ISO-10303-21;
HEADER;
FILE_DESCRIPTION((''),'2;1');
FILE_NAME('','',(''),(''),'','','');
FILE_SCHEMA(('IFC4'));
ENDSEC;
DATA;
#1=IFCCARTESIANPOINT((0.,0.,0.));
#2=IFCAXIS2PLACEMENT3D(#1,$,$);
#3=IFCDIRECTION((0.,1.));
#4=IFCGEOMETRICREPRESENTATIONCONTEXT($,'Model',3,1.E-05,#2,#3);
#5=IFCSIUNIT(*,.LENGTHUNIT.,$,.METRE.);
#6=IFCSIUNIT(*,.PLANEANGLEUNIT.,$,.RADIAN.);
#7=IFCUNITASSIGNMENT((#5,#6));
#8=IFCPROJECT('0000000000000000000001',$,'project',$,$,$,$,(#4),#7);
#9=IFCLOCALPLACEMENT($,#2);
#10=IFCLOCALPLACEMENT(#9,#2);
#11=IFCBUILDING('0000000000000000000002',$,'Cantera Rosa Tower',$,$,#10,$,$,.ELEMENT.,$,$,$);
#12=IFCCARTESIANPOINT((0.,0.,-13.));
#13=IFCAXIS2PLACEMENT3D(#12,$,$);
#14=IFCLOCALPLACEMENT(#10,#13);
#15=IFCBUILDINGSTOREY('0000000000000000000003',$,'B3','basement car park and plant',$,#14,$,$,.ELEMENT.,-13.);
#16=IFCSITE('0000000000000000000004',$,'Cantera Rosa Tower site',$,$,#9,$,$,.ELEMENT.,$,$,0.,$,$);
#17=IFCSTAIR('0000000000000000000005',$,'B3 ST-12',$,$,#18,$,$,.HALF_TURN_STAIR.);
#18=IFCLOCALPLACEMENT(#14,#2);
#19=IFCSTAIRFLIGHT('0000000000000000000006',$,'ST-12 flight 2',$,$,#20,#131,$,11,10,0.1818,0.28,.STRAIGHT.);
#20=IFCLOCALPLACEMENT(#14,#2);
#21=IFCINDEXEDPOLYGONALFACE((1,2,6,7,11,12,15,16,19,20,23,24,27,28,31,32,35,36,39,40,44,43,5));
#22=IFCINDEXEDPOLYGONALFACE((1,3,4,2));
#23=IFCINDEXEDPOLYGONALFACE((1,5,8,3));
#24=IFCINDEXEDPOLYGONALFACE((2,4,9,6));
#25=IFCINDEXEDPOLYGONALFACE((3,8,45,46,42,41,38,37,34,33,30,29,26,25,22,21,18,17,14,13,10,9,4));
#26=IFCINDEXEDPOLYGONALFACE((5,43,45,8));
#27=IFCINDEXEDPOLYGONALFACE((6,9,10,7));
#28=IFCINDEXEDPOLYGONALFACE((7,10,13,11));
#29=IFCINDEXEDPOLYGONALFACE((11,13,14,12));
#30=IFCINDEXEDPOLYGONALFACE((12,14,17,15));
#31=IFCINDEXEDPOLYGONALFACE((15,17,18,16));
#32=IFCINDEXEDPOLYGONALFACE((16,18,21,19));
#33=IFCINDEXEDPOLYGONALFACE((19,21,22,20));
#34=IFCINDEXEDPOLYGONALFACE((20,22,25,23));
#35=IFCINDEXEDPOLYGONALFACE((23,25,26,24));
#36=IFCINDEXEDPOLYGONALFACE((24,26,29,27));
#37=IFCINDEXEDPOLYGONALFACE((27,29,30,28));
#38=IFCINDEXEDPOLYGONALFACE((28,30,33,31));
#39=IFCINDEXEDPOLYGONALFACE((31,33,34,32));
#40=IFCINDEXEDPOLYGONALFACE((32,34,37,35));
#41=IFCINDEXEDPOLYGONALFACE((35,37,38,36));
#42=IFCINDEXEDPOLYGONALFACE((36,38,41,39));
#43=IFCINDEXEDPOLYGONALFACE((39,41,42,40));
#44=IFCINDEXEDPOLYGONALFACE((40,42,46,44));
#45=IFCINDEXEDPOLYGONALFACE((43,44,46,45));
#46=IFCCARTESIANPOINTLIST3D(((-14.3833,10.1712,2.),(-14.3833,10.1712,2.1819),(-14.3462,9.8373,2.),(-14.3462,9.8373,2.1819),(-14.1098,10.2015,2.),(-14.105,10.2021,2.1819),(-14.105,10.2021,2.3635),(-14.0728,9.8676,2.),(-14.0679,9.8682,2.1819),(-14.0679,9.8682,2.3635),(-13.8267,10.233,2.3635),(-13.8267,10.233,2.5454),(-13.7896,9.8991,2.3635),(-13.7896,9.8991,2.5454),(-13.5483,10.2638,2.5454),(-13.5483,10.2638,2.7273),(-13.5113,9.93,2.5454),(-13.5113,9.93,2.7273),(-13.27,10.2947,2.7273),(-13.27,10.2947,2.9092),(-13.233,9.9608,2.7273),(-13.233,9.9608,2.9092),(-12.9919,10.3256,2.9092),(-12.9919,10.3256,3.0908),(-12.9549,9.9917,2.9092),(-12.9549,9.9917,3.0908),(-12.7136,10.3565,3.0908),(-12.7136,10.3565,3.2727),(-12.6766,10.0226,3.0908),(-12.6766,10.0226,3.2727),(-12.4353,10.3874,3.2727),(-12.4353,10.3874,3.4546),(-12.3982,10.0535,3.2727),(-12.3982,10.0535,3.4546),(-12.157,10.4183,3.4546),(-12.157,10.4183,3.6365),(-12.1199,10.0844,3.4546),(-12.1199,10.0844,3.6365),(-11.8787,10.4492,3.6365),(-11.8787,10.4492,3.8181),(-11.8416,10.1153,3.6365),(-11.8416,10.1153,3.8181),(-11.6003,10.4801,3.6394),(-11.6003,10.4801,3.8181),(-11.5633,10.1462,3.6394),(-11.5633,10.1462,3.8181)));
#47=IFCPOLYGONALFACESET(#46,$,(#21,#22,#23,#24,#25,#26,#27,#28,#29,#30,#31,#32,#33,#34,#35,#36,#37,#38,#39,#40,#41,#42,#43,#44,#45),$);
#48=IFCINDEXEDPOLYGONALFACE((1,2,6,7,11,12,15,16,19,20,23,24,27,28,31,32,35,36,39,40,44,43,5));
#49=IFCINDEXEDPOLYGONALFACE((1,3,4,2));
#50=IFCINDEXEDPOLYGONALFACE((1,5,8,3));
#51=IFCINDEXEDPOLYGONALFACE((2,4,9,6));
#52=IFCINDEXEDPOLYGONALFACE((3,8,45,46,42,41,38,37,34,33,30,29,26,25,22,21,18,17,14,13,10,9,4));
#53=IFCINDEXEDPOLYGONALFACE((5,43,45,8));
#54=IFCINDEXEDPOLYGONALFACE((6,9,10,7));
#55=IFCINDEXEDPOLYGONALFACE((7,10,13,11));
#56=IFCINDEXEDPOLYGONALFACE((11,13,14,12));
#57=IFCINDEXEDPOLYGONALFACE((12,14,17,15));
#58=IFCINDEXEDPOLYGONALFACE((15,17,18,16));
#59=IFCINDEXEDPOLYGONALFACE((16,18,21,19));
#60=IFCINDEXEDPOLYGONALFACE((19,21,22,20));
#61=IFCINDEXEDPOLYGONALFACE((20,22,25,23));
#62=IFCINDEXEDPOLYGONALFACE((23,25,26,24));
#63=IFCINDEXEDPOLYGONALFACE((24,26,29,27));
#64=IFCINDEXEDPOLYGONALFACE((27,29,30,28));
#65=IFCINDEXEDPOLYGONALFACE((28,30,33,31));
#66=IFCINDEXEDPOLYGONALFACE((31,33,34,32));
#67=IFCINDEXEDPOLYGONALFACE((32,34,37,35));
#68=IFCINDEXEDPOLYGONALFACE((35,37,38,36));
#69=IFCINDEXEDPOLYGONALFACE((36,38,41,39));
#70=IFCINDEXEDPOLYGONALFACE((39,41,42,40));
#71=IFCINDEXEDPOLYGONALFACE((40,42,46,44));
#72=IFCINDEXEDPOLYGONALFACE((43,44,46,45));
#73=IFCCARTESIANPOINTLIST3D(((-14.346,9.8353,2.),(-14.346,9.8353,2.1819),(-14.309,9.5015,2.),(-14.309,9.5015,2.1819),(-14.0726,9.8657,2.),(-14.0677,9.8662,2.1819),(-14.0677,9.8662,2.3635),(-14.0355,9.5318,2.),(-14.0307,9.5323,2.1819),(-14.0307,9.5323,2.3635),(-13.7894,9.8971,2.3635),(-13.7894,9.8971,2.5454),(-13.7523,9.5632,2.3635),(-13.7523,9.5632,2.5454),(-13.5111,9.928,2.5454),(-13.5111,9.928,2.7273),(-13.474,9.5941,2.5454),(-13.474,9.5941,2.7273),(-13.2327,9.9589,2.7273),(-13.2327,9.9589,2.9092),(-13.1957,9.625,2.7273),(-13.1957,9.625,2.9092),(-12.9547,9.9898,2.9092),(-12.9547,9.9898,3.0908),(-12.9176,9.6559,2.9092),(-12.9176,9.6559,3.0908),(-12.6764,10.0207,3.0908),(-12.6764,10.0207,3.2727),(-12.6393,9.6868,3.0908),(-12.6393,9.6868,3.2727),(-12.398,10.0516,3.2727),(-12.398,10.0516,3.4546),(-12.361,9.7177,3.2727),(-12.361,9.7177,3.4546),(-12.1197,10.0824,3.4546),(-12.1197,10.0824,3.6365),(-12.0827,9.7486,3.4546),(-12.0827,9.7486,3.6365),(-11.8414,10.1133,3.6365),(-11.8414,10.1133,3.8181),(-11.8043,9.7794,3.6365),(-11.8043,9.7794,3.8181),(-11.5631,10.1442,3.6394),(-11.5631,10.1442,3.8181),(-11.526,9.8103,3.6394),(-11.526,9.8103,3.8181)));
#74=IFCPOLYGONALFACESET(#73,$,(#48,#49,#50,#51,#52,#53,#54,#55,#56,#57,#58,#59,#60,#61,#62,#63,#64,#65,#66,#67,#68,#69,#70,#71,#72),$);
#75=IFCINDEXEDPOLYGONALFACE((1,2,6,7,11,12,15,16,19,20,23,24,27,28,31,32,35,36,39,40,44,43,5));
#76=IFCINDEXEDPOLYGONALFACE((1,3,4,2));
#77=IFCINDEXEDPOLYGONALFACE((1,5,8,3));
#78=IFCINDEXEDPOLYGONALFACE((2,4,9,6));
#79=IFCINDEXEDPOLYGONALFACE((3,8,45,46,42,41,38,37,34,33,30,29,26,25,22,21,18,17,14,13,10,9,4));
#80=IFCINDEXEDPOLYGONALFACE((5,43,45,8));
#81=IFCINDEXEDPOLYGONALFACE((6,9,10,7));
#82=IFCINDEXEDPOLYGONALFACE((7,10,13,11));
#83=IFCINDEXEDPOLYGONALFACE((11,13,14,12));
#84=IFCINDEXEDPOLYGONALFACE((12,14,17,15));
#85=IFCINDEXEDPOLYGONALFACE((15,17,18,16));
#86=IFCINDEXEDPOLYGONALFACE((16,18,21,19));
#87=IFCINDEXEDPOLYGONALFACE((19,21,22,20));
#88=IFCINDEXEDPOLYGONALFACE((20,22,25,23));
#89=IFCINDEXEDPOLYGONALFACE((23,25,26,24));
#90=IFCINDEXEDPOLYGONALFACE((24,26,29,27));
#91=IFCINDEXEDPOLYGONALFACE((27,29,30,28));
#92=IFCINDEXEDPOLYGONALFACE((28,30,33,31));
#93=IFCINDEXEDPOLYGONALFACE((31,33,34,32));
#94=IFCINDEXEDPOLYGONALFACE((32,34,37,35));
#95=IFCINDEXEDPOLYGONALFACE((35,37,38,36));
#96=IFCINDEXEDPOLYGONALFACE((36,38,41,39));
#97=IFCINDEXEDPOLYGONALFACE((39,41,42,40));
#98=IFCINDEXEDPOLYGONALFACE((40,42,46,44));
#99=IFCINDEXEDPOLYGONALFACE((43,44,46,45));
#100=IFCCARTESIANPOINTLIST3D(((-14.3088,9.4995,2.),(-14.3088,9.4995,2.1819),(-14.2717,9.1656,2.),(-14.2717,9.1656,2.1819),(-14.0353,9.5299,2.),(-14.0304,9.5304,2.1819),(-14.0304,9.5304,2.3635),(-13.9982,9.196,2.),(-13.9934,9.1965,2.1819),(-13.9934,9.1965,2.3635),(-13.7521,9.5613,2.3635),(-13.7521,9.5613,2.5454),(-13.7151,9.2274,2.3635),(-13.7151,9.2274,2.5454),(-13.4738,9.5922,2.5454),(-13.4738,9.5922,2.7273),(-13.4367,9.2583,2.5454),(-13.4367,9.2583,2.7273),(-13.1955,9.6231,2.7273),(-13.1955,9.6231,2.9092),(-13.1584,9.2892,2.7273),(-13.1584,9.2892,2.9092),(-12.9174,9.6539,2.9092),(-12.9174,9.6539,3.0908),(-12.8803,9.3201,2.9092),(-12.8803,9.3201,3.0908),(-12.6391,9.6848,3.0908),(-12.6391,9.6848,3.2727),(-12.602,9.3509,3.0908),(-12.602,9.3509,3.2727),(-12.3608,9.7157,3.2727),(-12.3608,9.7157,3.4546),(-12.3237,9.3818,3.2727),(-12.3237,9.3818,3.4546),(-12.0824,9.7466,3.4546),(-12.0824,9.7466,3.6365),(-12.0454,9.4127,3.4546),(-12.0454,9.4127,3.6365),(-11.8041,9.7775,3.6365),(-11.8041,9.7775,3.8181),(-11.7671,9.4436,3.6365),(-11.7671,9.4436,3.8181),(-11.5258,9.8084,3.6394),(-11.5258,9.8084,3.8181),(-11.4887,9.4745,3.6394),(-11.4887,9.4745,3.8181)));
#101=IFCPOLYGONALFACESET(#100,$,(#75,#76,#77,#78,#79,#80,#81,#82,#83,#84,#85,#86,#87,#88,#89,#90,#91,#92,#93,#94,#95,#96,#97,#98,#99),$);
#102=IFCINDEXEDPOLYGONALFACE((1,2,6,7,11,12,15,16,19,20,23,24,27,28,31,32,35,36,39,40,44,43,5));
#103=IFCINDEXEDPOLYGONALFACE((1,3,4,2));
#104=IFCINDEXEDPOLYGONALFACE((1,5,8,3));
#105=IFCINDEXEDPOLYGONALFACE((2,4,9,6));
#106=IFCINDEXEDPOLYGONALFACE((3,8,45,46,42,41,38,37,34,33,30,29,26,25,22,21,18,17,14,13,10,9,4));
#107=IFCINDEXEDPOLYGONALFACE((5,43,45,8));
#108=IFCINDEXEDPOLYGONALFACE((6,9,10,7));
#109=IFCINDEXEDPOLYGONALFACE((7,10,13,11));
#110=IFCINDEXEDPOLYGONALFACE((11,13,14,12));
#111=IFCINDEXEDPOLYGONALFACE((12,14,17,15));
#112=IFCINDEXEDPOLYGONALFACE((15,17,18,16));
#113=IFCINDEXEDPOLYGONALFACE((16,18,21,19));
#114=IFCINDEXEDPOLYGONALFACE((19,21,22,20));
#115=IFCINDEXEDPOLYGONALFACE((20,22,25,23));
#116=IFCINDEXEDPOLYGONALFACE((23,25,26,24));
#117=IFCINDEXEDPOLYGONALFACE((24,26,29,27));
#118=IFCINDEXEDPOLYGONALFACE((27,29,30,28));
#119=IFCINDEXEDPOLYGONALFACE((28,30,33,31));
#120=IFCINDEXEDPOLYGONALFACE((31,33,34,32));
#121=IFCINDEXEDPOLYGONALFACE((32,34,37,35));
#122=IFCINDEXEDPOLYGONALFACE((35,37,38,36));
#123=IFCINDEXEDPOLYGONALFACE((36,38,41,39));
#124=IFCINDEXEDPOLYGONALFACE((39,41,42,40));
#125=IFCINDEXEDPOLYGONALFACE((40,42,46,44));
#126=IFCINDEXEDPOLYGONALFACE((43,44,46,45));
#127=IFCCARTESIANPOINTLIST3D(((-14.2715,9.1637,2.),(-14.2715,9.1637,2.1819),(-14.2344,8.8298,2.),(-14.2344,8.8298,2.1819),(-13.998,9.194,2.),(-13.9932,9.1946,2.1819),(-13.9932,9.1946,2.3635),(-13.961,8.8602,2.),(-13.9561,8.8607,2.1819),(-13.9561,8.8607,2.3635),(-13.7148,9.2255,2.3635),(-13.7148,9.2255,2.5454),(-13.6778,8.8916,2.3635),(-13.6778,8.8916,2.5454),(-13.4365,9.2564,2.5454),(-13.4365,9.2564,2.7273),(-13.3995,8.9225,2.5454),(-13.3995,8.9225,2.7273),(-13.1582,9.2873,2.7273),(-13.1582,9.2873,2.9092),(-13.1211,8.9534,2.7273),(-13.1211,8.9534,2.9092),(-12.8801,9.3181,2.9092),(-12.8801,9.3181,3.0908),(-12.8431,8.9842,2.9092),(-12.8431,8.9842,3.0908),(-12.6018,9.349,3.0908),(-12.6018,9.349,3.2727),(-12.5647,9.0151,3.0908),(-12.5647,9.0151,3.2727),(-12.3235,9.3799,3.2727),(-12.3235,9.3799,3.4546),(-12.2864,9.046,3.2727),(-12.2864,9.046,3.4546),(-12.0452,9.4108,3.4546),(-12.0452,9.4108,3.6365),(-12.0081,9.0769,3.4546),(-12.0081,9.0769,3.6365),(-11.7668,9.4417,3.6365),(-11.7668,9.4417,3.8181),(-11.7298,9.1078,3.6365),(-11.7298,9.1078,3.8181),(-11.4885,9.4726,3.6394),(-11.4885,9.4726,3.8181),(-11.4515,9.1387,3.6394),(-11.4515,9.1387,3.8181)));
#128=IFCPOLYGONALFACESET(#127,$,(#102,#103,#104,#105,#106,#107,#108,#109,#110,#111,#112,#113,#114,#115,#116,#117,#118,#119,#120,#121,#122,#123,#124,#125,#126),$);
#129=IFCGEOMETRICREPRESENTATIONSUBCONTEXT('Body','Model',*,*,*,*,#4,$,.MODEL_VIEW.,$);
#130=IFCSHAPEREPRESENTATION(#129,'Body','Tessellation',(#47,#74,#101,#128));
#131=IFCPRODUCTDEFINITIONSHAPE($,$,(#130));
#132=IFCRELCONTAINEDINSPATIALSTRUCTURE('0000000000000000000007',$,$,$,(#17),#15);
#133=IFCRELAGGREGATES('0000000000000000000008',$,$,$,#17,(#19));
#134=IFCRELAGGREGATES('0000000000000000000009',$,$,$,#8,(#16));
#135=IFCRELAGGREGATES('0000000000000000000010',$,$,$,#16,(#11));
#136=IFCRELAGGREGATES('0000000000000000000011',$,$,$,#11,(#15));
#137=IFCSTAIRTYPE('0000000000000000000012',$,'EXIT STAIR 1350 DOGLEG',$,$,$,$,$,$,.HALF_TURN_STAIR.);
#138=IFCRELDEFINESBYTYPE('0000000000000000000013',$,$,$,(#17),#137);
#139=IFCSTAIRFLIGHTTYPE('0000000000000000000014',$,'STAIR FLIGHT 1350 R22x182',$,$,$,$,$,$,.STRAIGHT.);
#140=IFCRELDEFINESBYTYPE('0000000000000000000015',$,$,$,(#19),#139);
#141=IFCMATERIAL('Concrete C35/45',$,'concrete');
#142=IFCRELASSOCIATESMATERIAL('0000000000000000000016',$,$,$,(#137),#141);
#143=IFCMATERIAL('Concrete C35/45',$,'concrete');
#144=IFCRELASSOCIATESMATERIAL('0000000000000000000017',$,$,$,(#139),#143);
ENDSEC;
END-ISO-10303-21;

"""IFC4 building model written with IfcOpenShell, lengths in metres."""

from ifc_helpers import new_model, si_unit, direction, frame, origin, place, context, subcontext, project, spatial, polyline, outline, extrude, material, type_object, element, aggregate, save


model = new_model("IFC4")

# Units and contexts
model_context = context("Model", 3, precision=1e-05, world=origin(), true_north=direction((0.0, 1.0)))
body_context = subcontext(model_context, "Body", "Model", "MODEL_VIEW")
ifc_project = project(units=[si_unit("LENGTHUNIT", "METRE"), si_unit("PLANEANGLEUNIT", "RADIAN")], contexts=[model_context])

# Site, building, storey
site_placement = place(None, origin())
site = spatial("IfcSite", under=ifc_project, at=site_placement, Name="Cantera Rosa Tower site", CompositionType="ELEMENT", RefElevation=0.0)
building_placement = place(site_placement, origin())
building = spatial("IfcBuilding", under=site, at=building_placement, Name="Cantera Rosa Tower", CompositionType="ELEMENT")
storey_placement = place(building_placement, frame((0.0, 0.0, -13.0)))
storey = spatial("IfcBuildingStorey", under=building, at=storey_placement, Name="B3", Description="basement car park and plant", CompositionType="ELEMENT", Elevation=-13.0)

# Stair, stair flight
ifc_material_1 = material(Name="Concrete C35/45", Category="concrete")
stair_type = type_object("IfcStairType", Name="EXIT STAIR 1350 DOGLEG", PredefinedType="HALF_TURN_STAIR", material=ifc_material_1)
stair_placement = place(storey_placement, origin())
stair = element("IfcStair", 1, at=stair_placement, inside=storey, type_object=stair_type, Name="B3 ST-12", PredefinedType="HALF_TURN_STAIR")
ifc_material_2 = material(Name="Concrete C35/45", Category="concrete")
stair_flight_type = type_object("IfcStairFlightType", Name="STAIR FLIGHT 1350 R22x182", PredefinedType="STRAIGHT", material=ifc_material_2)
stair_flight_1_placement = place(storey_placement, frame((-14.3088, 9.5002, 2.0), z_axis=(0.0, 0.0, 1.0), x_axis=(0.993897, 0.110313, 0.0)))
stair_flight_1 = element("IfcStairFlight", 2, at=stair_flight_1_placement, type_object=stair_flight_type, Name="ST-12 flight 2", NumberOfRisers=11, NumberOfTreads=10, PredefinedType="STRAIGHT", RiserHeight=0.1818, TreadLength=0.28, context=body_context, shape_type="SweptSolid", body=[
    extrude(outline(polyline([(0.0, 0.0), (0.0, 0.1819), (0.28, 0.1819), (0.28, 0.3635), (0.5601, 0.3635), (0.5601, 0.5454), (0.8401, 0.5454), (0.8401, 0.7273), (1.1201, 0.7273), (1.1201, 0.9092), (1.3999, 0.9092), (1.3999, 1.0908), (1.6799, 1.0908), (1.6799, 1.2727), (1.96, 1.2727), (1.96, 1.4546), (2.24, 1.4546), (2.24, 1.6365), (2.52, 1.6365), (2.52, 1.8181), (2.8, 1.8181), (2.8, 2.0), (2.8, 1.6394), (0.2751, 0.0), (0.0, 0.0)])), frame((0.0, 0.675, 0.0), z_axis=(0.0, -1.0, 0.0), x_axis=(1.0, 0.0, 0.0)), (0.0, 0.0, 1.0), 0.3359),
    extrude(outline(polyline([(0.0, 0.0), (0.0, 0.1819), (0.28, 0.1819), (0.28, 0.3635), (0.5601, 0.3635), (0.5601, 0.5454), (0.8401, 0.5454), (0.8401, 0.7273), (1.1201, 0.7273), (1.1201, 0.9092), (1.3999, 0.9092), (1.3999, 1.0908), (1.6799, 1.0908), (1.6799, 1.2727), (1.96, 1.2727), (1.96, 1.4546), (2.24, 1.4546), (2.24, 1.6365), (2.52, 1.6365), (2.52, 1.8181), (2.8, 1.8181), (2.8, 2.0), (2.8, 1.6394), (0.2751, 0.0), (0.0, 0.0)])), frame((0.0, 0.3372, 0.0), z_axis=(0.0, -1.0, 0.0), x_axis=(1.0, 0.0, 0.0)), (0.0, 0.0, 1.0), 0.3359),
    extrude(outline(polyline([(0.0, 0.0), (0.0, 0.1819), (0.28, 0.1819), (0.28, 0.3635), (0.5601, 0.3635), (0.5601, 0.5454), (0.8401, 0.5454), (0.8401, 0.7273), (1.1201, 0.7273), (1.1201, 0.9092), (1.3999, 0.9092), (1.3999, 1.0908), (1.6799, 1.0908), (1.6799, 1.2727), (1.96, 1.2727), (1.96, 1.4546), (2.24, 1.4546), (2.24, 1.6365), (2.52, 1.6365), (2.52, 1.8181), (2.8, 1.8181), (2.8, 2.0), (2.8, 1.6394), (0.2751, 0.0), (0.0, 0.0)])), frame((0.0, -0.0007, 0.0), z_axis=(0.0, -1.0, 0.0), x_axis=(1.0, 0.0, 0.0)), (0.0, 0.0, 1.0), 0.3359),
    extrude(outline(polyline([(0.0, 0.0), (0.0, 0.1819), (0.28, 0.1819), (0.28, 0.3635), (0.5601, 0.3635), (0.5601, 0.5454), (0.8401, 0.5454), (0.8401, 0.7273), (1.1201, 0.7273), (1.1201, 0.9092), (1.3999, 0.9092), (1.3999, 1.0908), (1.6799, 1.0908), (1.6799, 1.2727), (1.96, 1.2727), (1.96, 1.4546), (2.24, 1.4546), (2.24, 1.6365), (2.52, 1.6365), (2.52, 1.8181), (2.8, 1.8181), (2.8, 2.0), (2.8, 1.6394), (0.2751, 0.0), (0.0, 0.0)])), frame((0.0, -0.3386, 0.0), z_axis=(0.0, -1.0, 0.0), x_axis=(1.0, 0.0, 0.0)), (0.0, 0.0, 1.0), 0.3359),
])
aggregate(stair, [stair_flight_1])

save(model, "model.ifc")
